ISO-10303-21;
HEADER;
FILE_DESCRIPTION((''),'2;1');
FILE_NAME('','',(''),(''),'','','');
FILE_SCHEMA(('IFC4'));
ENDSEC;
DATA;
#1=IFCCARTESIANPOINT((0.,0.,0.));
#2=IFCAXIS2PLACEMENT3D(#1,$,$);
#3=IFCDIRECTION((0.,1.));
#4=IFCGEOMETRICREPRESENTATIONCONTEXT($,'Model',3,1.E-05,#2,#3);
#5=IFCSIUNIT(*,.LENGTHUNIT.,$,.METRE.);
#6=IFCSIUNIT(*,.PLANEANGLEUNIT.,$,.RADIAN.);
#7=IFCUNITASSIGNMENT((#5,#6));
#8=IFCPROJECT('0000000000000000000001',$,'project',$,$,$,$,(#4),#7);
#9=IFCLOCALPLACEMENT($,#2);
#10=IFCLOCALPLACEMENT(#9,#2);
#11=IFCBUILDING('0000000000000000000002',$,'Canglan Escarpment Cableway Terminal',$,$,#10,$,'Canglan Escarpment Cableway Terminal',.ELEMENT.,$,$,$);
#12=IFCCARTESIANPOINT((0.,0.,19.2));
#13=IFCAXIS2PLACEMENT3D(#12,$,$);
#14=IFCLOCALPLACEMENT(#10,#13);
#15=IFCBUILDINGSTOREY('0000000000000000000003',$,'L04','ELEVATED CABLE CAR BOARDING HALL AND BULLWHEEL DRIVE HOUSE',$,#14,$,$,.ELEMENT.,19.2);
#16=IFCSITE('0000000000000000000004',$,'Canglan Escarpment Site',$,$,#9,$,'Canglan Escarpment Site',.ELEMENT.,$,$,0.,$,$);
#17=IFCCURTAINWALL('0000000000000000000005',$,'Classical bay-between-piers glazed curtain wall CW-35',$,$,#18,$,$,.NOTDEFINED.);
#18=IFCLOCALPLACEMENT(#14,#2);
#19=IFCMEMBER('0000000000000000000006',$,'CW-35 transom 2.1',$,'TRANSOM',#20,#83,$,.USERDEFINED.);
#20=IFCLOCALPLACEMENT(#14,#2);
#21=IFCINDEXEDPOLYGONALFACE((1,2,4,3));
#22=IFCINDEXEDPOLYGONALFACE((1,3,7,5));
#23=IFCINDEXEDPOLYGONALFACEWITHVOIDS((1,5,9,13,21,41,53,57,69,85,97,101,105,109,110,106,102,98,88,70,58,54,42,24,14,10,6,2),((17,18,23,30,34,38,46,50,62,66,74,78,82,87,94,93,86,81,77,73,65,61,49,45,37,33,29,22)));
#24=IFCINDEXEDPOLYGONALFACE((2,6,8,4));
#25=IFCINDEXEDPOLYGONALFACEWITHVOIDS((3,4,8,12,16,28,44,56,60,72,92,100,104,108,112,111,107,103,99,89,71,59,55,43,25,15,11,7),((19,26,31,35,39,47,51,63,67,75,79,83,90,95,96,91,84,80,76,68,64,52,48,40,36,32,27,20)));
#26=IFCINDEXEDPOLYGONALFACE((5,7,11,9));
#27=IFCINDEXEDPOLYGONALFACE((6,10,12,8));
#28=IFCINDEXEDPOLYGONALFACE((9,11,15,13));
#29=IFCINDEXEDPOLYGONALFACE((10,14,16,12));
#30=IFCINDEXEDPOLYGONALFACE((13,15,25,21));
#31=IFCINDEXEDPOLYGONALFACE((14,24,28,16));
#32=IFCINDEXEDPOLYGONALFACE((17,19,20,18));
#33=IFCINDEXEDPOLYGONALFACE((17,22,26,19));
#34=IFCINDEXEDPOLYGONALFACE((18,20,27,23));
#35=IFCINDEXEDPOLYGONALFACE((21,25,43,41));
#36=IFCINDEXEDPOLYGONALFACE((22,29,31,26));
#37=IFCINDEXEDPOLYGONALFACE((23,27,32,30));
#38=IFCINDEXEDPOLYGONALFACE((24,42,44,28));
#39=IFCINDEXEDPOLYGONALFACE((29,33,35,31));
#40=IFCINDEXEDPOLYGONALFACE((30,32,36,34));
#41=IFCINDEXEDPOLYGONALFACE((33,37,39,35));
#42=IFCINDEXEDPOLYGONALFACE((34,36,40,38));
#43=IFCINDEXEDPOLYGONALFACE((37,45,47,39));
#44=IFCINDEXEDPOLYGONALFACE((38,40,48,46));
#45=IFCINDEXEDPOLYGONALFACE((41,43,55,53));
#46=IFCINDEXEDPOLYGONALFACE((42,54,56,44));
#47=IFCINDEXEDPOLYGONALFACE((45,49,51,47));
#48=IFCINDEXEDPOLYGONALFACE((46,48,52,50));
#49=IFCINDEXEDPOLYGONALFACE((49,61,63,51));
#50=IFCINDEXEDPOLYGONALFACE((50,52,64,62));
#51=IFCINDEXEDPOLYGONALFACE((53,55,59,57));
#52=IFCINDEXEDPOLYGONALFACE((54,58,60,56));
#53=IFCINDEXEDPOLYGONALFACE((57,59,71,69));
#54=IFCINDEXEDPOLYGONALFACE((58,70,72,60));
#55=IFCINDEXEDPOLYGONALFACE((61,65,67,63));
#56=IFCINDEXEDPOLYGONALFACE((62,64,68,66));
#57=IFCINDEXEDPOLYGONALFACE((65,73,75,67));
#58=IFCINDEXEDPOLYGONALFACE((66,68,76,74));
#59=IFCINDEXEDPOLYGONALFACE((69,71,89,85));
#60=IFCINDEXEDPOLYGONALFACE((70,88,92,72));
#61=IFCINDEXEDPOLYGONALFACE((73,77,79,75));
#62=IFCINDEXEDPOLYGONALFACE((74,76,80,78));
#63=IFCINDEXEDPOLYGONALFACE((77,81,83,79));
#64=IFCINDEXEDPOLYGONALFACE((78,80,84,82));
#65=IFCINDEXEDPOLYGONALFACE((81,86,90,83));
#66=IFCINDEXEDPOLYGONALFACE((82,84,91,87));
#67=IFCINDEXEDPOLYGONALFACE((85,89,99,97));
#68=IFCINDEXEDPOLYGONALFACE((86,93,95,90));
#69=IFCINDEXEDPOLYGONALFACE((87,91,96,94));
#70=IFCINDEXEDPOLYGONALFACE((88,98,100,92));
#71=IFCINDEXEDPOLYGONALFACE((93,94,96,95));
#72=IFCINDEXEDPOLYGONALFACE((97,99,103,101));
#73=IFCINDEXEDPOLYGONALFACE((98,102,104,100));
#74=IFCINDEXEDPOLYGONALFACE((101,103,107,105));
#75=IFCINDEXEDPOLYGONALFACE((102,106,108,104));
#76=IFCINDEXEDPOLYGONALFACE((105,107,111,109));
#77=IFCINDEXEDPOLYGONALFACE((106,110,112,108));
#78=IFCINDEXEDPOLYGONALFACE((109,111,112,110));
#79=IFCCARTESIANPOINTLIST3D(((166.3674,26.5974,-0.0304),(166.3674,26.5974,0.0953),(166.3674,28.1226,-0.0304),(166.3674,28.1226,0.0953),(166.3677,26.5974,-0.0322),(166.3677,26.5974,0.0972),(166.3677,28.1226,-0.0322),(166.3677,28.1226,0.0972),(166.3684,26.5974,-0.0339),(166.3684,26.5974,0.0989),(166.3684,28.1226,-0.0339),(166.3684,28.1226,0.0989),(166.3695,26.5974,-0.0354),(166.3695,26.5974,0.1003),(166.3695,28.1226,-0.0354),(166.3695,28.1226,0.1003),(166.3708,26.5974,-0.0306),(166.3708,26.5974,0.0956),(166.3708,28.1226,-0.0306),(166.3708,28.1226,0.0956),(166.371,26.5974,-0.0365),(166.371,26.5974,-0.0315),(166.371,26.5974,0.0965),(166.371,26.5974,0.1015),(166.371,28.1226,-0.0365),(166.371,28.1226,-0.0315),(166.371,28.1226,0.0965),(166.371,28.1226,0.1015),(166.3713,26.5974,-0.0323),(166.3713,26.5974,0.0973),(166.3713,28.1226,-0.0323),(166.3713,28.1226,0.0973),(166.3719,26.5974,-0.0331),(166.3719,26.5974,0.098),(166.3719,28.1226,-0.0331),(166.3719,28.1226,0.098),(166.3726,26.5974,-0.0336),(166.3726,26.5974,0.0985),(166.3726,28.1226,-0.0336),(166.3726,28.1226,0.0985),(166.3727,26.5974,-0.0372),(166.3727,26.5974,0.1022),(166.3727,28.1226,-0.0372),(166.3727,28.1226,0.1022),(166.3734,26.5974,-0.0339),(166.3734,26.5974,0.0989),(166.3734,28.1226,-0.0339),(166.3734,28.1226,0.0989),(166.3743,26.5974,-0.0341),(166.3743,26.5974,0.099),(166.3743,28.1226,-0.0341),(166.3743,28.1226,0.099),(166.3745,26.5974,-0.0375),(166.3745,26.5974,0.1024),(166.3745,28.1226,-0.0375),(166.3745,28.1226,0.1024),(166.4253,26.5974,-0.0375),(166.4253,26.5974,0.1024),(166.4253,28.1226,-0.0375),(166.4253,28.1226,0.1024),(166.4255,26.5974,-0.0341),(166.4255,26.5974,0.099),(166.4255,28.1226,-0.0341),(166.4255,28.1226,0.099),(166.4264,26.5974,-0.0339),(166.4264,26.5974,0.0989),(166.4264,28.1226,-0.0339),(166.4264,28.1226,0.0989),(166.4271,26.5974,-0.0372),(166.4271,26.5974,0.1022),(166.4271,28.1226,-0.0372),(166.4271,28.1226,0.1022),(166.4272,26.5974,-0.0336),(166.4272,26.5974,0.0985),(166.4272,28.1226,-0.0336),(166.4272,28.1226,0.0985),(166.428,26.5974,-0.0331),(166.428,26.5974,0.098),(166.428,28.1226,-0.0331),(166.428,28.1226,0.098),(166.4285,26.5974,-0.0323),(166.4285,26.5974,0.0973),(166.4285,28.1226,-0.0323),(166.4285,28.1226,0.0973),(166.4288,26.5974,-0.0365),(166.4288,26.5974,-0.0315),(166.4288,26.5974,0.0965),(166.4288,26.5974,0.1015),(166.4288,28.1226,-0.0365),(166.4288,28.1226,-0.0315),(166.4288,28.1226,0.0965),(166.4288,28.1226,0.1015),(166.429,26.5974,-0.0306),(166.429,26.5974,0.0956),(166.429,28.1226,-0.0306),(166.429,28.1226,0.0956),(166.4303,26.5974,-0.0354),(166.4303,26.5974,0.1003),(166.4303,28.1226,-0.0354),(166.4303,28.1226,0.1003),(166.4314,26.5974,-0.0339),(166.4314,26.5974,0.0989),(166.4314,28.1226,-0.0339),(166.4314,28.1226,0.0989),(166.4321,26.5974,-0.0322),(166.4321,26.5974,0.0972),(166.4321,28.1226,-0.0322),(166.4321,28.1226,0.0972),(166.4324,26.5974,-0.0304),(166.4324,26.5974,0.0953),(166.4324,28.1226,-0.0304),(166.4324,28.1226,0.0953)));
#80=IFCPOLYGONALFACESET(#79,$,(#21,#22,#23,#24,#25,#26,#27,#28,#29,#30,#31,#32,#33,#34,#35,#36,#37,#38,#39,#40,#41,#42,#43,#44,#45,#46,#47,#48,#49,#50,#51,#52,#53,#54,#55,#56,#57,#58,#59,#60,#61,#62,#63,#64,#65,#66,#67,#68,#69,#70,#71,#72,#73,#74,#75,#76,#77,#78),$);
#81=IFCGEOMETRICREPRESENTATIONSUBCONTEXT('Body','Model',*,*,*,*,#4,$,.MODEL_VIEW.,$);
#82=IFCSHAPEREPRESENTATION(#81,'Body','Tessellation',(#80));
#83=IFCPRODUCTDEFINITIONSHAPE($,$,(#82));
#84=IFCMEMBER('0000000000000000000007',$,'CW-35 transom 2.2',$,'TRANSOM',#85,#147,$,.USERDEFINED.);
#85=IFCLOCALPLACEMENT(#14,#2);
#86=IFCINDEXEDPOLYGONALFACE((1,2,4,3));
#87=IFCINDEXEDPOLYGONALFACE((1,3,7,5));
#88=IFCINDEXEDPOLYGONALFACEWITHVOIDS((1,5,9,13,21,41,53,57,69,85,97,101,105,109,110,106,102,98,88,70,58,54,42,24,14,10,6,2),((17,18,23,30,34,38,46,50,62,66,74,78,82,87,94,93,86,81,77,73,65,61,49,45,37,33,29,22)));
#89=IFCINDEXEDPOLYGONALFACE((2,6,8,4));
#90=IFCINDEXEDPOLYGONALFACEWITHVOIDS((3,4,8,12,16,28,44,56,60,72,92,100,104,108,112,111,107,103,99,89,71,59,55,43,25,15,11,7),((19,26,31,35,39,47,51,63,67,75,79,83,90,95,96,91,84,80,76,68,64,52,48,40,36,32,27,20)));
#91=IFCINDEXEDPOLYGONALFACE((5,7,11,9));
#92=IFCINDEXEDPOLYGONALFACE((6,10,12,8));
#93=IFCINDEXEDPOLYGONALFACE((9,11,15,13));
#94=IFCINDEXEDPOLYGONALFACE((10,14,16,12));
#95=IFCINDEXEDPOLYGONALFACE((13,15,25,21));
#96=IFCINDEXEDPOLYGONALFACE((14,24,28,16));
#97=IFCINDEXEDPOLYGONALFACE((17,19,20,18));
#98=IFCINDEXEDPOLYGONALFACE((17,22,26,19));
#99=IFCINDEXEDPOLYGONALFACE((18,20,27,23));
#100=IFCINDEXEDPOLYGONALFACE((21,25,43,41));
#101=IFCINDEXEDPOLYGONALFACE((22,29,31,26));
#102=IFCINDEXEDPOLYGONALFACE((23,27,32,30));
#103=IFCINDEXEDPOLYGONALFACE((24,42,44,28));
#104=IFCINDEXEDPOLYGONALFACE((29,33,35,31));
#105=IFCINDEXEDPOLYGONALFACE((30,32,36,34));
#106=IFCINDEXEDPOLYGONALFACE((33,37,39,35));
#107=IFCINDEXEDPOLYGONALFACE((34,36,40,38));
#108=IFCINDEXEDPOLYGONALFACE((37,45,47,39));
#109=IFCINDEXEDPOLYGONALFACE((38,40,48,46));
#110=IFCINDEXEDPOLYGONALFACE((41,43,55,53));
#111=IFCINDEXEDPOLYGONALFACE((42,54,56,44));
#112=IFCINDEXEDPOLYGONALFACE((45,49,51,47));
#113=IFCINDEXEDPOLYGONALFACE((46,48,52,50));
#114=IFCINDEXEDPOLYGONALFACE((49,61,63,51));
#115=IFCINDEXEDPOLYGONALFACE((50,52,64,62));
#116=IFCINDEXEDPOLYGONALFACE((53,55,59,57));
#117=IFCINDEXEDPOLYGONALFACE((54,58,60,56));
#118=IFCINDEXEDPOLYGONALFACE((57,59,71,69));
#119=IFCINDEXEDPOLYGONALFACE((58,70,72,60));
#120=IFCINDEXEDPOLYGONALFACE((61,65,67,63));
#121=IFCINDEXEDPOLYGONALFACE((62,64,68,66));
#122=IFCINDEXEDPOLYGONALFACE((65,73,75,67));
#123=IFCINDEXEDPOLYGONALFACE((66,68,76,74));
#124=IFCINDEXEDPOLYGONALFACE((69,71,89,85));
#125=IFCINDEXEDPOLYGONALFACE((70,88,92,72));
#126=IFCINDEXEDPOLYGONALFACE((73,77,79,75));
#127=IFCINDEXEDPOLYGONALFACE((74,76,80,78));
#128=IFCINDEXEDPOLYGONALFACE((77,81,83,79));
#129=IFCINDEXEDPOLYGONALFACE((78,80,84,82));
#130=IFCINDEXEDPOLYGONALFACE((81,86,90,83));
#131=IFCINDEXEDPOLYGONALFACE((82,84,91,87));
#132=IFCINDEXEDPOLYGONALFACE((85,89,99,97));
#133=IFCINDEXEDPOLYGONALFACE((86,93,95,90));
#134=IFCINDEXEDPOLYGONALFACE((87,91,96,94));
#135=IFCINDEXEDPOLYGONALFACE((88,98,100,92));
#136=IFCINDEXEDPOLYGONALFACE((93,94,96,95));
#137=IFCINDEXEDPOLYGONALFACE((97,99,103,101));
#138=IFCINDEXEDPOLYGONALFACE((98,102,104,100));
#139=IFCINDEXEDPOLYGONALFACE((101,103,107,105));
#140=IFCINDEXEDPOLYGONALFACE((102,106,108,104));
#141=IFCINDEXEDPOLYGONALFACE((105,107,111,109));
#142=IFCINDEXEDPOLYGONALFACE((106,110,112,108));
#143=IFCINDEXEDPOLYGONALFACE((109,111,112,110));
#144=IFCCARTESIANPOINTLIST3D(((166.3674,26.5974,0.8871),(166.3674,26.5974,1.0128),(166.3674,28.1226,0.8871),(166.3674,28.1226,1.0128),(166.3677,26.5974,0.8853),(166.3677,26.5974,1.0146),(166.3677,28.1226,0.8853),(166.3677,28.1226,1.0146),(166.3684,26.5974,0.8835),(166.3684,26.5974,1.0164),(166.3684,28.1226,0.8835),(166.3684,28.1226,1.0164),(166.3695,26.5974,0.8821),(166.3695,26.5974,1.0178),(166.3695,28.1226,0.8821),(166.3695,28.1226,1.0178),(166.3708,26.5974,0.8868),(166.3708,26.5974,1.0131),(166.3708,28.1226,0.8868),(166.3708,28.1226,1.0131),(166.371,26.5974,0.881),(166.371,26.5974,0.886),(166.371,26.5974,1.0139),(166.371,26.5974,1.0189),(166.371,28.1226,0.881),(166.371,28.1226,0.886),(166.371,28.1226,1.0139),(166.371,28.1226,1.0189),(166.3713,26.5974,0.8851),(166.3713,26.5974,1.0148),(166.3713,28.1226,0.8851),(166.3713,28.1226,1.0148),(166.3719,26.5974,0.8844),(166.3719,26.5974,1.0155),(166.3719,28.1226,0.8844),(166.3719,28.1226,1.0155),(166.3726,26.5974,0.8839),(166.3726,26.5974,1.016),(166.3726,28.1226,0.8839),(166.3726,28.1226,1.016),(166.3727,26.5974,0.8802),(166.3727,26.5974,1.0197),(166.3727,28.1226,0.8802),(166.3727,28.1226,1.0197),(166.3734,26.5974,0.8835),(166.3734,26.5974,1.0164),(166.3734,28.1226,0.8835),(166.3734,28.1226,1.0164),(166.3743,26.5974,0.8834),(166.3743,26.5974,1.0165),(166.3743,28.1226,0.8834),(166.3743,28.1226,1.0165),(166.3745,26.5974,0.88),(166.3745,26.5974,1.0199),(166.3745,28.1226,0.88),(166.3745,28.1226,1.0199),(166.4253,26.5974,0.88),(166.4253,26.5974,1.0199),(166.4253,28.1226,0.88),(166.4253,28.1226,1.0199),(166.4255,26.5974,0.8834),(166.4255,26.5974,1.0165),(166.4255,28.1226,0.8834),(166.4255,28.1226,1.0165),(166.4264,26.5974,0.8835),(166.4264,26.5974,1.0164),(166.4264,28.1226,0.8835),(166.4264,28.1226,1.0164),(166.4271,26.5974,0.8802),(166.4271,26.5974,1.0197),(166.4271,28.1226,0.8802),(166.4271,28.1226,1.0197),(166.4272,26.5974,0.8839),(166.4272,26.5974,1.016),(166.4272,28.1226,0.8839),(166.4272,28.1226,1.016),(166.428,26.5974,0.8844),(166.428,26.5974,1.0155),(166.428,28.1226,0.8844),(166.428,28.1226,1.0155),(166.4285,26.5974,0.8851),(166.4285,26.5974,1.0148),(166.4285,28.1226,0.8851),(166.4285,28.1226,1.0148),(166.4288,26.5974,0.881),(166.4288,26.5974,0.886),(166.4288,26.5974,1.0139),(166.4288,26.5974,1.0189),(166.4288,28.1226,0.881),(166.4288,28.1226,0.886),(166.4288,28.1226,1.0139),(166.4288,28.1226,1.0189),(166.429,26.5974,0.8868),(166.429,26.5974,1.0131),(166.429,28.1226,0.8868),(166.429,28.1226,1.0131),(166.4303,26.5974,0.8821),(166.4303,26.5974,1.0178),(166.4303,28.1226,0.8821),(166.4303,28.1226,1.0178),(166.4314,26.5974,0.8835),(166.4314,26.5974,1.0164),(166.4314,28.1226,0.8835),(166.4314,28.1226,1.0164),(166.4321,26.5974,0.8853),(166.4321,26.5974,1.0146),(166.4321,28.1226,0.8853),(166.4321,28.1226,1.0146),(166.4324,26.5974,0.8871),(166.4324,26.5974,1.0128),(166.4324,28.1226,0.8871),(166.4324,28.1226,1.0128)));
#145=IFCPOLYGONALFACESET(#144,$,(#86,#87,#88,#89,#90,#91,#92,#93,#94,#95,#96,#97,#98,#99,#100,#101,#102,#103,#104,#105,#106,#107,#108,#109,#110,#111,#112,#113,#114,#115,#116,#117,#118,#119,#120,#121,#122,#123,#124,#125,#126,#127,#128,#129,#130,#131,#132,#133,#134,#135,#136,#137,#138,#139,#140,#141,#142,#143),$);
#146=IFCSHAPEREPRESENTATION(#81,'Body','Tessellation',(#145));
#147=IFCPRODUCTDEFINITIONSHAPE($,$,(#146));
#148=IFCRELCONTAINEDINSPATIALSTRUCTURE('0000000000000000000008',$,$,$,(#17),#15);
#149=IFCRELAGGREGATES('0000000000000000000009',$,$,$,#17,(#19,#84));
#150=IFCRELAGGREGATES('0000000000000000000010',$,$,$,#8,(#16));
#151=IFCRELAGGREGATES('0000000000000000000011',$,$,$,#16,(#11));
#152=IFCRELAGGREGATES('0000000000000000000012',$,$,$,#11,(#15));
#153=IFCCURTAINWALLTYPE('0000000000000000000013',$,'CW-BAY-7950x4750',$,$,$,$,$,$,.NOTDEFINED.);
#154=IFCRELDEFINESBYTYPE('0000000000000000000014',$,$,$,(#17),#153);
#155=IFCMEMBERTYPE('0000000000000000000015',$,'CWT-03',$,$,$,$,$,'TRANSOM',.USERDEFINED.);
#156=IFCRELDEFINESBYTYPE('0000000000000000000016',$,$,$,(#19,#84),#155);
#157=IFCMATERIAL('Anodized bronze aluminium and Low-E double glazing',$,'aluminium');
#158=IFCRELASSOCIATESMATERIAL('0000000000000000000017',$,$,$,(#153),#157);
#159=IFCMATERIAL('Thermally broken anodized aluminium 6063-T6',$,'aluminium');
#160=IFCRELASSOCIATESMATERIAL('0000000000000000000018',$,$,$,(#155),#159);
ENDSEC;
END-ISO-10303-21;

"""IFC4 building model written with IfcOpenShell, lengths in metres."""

from ifc_helpers import new_model, si_unit, direction, frame, origin, origin_2d, place, context, subcontext, project, spatial, hollow_rectangle, extrude, material, material_profile, profile_set, type_object, element, aggregate, save


model = new_model("IFC4")

# Units and contexts
model_context = context("Model", 3, precision=1e-05, world=origin(), true_north=direction((0.0, 1.0)))
body_context = subcontext(model_context, "Body", "Model", "MODEL_VIEW")
ifc_project = project(units=[si_unit("LENGTHUNIT", "METRE"), si_unit("PLANEANGLEUNIT", "RADIAN")], contexts=[model_context])

# Site, building, storey
site_placement = place(None, origin())
site = spatial("IfcSite", under=ifc_project, at=site_placement, Name="Canglan Escarpment Site", LongName="Canglan Escarpment Site", CompositionType="ELEMENT", RefElevation=0.0)
building_placement = place(site_placement, origin())
building = spatial("IfcBuilding", under=site, at=building_placement, Name="Canglan Escarpment Cableway Terminal", LongName="Canglan Escarpment Cableway Terminal", CompositionType="ELEMENT")
storey_placement = place(building_placement, frame((0.0, 0.0, 19.2)))
storey = spatial("IfcBuildingStorey", under=building, at=storey_placement, Name="L04", Description="ELEVATED CABLE CAR BOARDING HALL AND BULLWHEEL DRIVE HOUSE", CompositionType="ELEMENT", Elevation=19.2)

# Curtain wall, members
ifc_material_1 = material(Name="Anodized bronze aluminium and Low-E double glazing", Category="aluminium")
curtain_wall_type = type_object("IfcCurtainWallType", Name="CW-BAY-7950x4750", PredefinedType="NOTDEFINED", material=ifc_material_1)
curtain_wall_placement = place(storey_placement, origin())
curtain_wall = element("IfcCurtainWall", 1, at=curtain_wall_placement, inside=storey, type_object=curtain_wall_type, Name="Classical bay-between-piers glazed curtain wall CW-35", PredefinedType="NOTDEFINED")
ifc_material_2 = material(Name="Thermally broken anodized aluminium 6063-T6", Category="aluminium")
ifc_material_profile_1 = material_profile(ifc_material_2, hollow_rectangle(XDim=0.0649, YDim=0.1399, WallThickness=0.0034, InnerFilletRadius=0.0034, OuterFilletRadius=0.0071, at=origin_2d()), Name="ALU-TRAN 65x140x3.5")
ifc_profile_set_1 = profile_set([ifc_material_profile_1], Name="Thermally broken anodized aluminium 6063-T6")
member_type_1 = type_object("IfcMemberType", Name="CWT-03", ElementType="TRANSOM", PredefinedType="USERDEFINED", material=ifc_profile_set_1)
member_1_placement = place(storey_placement, frame((166.3999, 26.5974, 0.0325), z_axis=(0.0, 1.0, 0.0), x_axis=(-1.0, 0.0, 0.0)))
member_1 = element("IfcMember", 2, at=member_1_placement, type_object=member_type_1, Name="CW-35 transom 2.1", ObjectType="TRANSOM", PredefinedType="USERDEFINED", context=body_context, shape_type="SweptSolid", body=[
    extrude(hollow_rectangle(XDim=0.0649, YDim=0.1399, WallThickness=0.0034, InnerFilletRadius=0.0034, OuterFilletRadius=0.0071, at=origin_2d()), origin(), (0.0, 0.0, 1.0), 1.5251),
])
member_2_placement = place(storey_placement, frame((166.3999, 26.5974, 0.95), z_axis=(0.0, 1.0, 0.0), x_axis=(-1.0, 0.0, 0.0)))
member_2 = element("IfcMember", 3, at=member_2_placement, type_object=member_type_1, Name="CW-35 transom 2.2", ObjectType="TRANSOM", PredefinedType="USERDEFINED", context=body_context, shape_type="SweptSolid", body=[
    extrude(hollow_rectangle(XDim=0.0649, YDim=0.1399, WallThickness=0.0034, InnerFilletRadius=0.0034, OuterFilletRadius=0.0071, at=origin_2d()), origin(), (0.0, 0.0, 1.0), 1.5251),
])
aggregate(curtain_wall, [member_1, member_2])

save(model, "model.ifc")
